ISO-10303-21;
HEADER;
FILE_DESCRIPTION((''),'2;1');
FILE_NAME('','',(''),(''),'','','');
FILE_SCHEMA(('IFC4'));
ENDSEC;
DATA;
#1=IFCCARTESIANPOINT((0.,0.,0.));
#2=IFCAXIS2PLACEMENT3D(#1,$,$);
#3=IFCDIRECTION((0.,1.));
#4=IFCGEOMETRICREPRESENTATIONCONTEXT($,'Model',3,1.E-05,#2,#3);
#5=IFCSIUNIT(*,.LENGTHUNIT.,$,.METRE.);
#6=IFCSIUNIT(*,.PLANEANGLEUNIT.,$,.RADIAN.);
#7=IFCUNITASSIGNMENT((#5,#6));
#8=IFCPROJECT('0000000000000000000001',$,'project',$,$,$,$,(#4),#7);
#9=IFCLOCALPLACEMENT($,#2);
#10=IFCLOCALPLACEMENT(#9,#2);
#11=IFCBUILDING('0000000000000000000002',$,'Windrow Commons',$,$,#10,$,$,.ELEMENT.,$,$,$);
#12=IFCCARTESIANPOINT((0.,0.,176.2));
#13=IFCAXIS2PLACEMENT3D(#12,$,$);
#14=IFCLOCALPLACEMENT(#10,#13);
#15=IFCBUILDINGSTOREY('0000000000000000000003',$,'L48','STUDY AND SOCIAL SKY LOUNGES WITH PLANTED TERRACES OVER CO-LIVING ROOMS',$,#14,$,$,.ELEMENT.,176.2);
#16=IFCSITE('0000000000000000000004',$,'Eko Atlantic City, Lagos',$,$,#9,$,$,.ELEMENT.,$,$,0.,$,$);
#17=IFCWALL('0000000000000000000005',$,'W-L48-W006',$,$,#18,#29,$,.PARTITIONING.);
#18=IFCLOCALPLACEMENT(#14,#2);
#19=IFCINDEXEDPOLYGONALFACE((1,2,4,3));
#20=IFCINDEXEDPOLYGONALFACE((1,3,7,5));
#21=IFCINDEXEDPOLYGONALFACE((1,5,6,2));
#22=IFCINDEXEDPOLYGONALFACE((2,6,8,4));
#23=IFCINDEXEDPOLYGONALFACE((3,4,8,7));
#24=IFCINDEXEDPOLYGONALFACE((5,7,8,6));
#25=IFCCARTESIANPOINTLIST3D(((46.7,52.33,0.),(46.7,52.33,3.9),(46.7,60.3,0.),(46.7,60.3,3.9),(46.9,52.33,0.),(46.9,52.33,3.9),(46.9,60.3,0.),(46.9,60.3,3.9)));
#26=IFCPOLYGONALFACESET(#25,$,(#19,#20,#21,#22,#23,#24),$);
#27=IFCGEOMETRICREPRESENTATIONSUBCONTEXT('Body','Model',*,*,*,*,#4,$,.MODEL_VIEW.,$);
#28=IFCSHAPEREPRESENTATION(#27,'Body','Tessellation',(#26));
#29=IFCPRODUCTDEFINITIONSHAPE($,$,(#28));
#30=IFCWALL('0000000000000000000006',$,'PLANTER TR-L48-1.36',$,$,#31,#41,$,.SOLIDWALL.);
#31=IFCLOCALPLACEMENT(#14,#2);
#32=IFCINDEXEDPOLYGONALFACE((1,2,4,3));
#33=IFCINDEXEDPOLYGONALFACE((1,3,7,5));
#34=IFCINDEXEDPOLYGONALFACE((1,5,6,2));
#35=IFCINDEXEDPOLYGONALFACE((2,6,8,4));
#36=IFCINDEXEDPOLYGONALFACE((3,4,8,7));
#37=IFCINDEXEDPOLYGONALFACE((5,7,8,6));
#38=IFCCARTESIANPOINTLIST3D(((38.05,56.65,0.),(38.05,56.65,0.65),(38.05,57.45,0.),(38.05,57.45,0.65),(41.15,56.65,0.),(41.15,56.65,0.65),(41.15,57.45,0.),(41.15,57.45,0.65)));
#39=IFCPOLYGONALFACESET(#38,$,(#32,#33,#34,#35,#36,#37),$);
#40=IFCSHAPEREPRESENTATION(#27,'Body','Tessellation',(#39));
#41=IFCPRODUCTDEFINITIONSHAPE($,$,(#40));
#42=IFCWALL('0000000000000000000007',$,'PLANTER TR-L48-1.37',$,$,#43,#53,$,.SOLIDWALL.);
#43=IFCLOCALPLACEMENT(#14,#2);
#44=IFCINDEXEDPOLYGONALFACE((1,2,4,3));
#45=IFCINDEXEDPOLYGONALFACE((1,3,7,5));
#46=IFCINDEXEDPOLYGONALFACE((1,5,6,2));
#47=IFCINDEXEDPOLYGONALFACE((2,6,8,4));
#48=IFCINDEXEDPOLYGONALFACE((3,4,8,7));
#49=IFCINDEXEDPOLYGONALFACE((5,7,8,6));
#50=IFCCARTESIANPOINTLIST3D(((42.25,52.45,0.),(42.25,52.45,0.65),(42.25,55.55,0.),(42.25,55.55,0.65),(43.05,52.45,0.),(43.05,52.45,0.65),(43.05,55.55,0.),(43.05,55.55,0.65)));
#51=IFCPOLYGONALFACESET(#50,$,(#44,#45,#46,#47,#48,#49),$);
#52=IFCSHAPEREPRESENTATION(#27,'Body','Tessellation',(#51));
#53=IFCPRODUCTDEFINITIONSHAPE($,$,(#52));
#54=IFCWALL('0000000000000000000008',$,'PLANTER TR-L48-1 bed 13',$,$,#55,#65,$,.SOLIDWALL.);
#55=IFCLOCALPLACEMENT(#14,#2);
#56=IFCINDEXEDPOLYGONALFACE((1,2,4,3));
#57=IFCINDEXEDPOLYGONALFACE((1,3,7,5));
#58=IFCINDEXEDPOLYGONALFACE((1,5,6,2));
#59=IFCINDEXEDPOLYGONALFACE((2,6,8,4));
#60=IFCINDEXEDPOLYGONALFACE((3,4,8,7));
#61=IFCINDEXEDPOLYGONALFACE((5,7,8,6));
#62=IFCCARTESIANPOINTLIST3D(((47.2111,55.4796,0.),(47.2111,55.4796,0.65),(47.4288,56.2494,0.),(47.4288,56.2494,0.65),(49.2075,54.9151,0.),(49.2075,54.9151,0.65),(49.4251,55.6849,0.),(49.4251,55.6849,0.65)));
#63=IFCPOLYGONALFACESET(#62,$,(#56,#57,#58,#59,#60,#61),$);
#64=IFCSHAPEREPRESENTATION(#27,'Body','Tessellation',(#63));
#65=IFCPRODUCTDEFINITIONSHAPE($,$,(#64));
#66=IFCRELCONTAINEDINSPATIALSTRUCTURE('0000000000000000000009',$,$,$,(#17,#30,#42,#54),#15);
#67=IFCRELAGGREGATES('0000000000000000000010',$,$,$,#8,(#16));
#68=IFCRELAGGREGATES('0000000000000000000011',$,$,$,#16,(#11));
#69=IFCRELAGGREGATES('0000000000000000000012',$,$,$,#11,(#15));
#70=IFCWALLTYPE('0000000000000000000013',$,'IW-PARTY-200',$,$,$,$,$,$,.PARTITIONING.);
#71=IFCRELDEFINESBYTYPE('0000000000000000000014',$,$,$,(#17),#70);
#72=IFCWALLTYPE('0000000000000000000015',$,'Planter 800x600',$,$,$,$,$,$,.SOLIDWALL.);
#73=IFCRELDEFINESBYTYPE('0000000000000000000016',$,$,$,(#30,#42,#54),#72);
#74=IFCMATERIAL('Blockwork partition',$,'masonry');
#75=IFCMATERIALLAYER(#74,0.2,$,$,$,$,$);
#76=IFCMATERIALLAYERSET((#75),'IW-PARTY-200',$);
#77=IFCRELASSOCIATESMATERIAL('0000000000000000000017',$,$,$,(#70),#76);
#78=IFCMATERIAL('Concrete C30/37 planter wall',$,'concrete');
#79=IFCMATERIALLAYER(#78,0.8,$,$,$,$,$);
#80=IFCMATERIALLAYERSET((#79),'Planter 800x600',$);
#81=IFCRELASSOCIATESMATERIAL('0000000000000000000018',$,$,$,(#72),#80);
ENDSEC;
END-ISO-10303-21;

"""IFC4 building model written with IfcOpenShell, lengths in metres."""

from ifc_helpers import new_model, si_unit, direction, frame, frame_2d, origin, place, context, subcontext, project, spatial, polyline, rectangle, outline, extrude, material, layer, layer_set, type_object, element, save


model = new_model("IFC4")

# Units and contexts
model_context = context("Model", 3, precision=1e-05, world=origin(), true_north=direction((0.0, 1.0)))
body_context = subcontext(model_context, "Body", "Model", "MODEL_VIEW")
ifc_project = project(units=[si_unit("LENGTHUNIT", "METRE"), si_unit("PLANEANGLEUNIT", "RADIAN")], contexts=[model_context])

# Site, building, storey
site_placement = place(None, origin())
site = spatial("IfcSite", under=ifc_project, at=site_placement, Name="Eko Atlantic City, Lagos", CompositionType="ELEMENT", RefElevation=0.0)
building_placement = place(site_placement, origin())
building = spatial("IfcBuilding", under=site, at=building_placement, Name="Windrow Commons", CompositionType="ELEMENT")
storey_placement = place(building_placement, frame((0.0, 0.0, 176.2)))
storey = spatial("IfcBuildingStorey", under=building, at=storey_placement, Name="L48", Description="STUDY AND SOCIAL SKY LOUNGES WITH PLANTED TERRACES OVER CO-LIVING ROOMS", CompositionType="ELEMENT", Elevation=176.2)

# Walls
ifc_material_1 = material(Name="Blockwork partition", Category="masonry")
ifc_layer_1 = layer(ifc_material_1, 0.2)
ifc_layer_set_1 = layer_set([ifc_layer_1], Name="IW-PARTY-200")
wall_type_1 = type_object("IfcWallType", Name="IW-PARTY-200", PredefinedType="PARTITIONING", material=ifc_layer_set_1)
wall_1_placement = place(storey_placement, frame((46.8, 52.33, 0.0), z_axis=(0.0, 0.0, 1.0), x_axis=(0.0, 1.0, 0.0)))
element("IfcWall", 1, at=wall_1_placement, inside=storey, type_object=wall_type_1, Name="W-L48-W006", PredefinedType="PARTITIONING", context=body_context, shape_type="SweptSolid", body=[
    extrude(rectangle(XDim=7.97, YDim=0.2, at=frame_2d((3.985, 0.0))), origin(), (0.0, 0.0, 1.0), 3.9),
])
ifc_material_2 = material(Name="Concrete C30/37 planter wall", Category="concrete")
ifc_layer_2 = layer(ifc_material_2, 0.8)
ifc_layer_set_2 = layer_set([ifc_layer_2], Name="Planter 800x600")
wall_type_2 = type_object("IfcWallType", Name="Planter 800x600", PredefinedType="SOLIDWALL", material=ifc_layer_set_2)
for number, where, z_axis, x_axis, name in (
    (2, (38.05, 57.05, 0.0), (0.0, 0.0, 1.0), (1.0, 0.0, 0.0), "PLANTER TR-L48-1.36"),
    (3, (42.65, 55.55, 0.0), (0.0, 0.0, 1.0), (0.0, -1.0, 0.0), "PLANTER TR-L48-1.37"),
):
    element("IfcWall", number, at=place(storey_placement, frame(where, z_axis=z_axis, x_axis=x_axis)), inside=storey, type_object=wall_type_2, Name=name, PredefinedType="SOLIDWALL", context=body_context, shape_type="SweptSolid", body=[
        extrude(rectangle(XDim=3.1, YDim=0.8, at=frame_2d((1.55, 0.0))), origin(), (0.0, 0.0, 1.0), 0.65),
    ])
wall_2_placement = place(storey_placement, frame((49.3163, 55.3, 0.0), z_axis=(0.0, 0.0, 1.0), x_axis=(-0.962268, 0.272104, 0.0)))
element("IfcWall", 4, at=wall_2_placement, inside=storey, type_object=wall_type_2, Name="PLANTER TR-L48-1 bed 13", PredefinedType="SOLIDWALL", context=body_context, shape_type="SweptSolid", body=[
    extrude(outline(polyline([(0.0, -0.4), (2.0746, -0.4), (2.0746, 0.4), (0.0, 0.4), (0.0, -0.4)])), origin(), (0.0, 0.0, 1.0), 0.65),
])

save(model, "model.ifc")
